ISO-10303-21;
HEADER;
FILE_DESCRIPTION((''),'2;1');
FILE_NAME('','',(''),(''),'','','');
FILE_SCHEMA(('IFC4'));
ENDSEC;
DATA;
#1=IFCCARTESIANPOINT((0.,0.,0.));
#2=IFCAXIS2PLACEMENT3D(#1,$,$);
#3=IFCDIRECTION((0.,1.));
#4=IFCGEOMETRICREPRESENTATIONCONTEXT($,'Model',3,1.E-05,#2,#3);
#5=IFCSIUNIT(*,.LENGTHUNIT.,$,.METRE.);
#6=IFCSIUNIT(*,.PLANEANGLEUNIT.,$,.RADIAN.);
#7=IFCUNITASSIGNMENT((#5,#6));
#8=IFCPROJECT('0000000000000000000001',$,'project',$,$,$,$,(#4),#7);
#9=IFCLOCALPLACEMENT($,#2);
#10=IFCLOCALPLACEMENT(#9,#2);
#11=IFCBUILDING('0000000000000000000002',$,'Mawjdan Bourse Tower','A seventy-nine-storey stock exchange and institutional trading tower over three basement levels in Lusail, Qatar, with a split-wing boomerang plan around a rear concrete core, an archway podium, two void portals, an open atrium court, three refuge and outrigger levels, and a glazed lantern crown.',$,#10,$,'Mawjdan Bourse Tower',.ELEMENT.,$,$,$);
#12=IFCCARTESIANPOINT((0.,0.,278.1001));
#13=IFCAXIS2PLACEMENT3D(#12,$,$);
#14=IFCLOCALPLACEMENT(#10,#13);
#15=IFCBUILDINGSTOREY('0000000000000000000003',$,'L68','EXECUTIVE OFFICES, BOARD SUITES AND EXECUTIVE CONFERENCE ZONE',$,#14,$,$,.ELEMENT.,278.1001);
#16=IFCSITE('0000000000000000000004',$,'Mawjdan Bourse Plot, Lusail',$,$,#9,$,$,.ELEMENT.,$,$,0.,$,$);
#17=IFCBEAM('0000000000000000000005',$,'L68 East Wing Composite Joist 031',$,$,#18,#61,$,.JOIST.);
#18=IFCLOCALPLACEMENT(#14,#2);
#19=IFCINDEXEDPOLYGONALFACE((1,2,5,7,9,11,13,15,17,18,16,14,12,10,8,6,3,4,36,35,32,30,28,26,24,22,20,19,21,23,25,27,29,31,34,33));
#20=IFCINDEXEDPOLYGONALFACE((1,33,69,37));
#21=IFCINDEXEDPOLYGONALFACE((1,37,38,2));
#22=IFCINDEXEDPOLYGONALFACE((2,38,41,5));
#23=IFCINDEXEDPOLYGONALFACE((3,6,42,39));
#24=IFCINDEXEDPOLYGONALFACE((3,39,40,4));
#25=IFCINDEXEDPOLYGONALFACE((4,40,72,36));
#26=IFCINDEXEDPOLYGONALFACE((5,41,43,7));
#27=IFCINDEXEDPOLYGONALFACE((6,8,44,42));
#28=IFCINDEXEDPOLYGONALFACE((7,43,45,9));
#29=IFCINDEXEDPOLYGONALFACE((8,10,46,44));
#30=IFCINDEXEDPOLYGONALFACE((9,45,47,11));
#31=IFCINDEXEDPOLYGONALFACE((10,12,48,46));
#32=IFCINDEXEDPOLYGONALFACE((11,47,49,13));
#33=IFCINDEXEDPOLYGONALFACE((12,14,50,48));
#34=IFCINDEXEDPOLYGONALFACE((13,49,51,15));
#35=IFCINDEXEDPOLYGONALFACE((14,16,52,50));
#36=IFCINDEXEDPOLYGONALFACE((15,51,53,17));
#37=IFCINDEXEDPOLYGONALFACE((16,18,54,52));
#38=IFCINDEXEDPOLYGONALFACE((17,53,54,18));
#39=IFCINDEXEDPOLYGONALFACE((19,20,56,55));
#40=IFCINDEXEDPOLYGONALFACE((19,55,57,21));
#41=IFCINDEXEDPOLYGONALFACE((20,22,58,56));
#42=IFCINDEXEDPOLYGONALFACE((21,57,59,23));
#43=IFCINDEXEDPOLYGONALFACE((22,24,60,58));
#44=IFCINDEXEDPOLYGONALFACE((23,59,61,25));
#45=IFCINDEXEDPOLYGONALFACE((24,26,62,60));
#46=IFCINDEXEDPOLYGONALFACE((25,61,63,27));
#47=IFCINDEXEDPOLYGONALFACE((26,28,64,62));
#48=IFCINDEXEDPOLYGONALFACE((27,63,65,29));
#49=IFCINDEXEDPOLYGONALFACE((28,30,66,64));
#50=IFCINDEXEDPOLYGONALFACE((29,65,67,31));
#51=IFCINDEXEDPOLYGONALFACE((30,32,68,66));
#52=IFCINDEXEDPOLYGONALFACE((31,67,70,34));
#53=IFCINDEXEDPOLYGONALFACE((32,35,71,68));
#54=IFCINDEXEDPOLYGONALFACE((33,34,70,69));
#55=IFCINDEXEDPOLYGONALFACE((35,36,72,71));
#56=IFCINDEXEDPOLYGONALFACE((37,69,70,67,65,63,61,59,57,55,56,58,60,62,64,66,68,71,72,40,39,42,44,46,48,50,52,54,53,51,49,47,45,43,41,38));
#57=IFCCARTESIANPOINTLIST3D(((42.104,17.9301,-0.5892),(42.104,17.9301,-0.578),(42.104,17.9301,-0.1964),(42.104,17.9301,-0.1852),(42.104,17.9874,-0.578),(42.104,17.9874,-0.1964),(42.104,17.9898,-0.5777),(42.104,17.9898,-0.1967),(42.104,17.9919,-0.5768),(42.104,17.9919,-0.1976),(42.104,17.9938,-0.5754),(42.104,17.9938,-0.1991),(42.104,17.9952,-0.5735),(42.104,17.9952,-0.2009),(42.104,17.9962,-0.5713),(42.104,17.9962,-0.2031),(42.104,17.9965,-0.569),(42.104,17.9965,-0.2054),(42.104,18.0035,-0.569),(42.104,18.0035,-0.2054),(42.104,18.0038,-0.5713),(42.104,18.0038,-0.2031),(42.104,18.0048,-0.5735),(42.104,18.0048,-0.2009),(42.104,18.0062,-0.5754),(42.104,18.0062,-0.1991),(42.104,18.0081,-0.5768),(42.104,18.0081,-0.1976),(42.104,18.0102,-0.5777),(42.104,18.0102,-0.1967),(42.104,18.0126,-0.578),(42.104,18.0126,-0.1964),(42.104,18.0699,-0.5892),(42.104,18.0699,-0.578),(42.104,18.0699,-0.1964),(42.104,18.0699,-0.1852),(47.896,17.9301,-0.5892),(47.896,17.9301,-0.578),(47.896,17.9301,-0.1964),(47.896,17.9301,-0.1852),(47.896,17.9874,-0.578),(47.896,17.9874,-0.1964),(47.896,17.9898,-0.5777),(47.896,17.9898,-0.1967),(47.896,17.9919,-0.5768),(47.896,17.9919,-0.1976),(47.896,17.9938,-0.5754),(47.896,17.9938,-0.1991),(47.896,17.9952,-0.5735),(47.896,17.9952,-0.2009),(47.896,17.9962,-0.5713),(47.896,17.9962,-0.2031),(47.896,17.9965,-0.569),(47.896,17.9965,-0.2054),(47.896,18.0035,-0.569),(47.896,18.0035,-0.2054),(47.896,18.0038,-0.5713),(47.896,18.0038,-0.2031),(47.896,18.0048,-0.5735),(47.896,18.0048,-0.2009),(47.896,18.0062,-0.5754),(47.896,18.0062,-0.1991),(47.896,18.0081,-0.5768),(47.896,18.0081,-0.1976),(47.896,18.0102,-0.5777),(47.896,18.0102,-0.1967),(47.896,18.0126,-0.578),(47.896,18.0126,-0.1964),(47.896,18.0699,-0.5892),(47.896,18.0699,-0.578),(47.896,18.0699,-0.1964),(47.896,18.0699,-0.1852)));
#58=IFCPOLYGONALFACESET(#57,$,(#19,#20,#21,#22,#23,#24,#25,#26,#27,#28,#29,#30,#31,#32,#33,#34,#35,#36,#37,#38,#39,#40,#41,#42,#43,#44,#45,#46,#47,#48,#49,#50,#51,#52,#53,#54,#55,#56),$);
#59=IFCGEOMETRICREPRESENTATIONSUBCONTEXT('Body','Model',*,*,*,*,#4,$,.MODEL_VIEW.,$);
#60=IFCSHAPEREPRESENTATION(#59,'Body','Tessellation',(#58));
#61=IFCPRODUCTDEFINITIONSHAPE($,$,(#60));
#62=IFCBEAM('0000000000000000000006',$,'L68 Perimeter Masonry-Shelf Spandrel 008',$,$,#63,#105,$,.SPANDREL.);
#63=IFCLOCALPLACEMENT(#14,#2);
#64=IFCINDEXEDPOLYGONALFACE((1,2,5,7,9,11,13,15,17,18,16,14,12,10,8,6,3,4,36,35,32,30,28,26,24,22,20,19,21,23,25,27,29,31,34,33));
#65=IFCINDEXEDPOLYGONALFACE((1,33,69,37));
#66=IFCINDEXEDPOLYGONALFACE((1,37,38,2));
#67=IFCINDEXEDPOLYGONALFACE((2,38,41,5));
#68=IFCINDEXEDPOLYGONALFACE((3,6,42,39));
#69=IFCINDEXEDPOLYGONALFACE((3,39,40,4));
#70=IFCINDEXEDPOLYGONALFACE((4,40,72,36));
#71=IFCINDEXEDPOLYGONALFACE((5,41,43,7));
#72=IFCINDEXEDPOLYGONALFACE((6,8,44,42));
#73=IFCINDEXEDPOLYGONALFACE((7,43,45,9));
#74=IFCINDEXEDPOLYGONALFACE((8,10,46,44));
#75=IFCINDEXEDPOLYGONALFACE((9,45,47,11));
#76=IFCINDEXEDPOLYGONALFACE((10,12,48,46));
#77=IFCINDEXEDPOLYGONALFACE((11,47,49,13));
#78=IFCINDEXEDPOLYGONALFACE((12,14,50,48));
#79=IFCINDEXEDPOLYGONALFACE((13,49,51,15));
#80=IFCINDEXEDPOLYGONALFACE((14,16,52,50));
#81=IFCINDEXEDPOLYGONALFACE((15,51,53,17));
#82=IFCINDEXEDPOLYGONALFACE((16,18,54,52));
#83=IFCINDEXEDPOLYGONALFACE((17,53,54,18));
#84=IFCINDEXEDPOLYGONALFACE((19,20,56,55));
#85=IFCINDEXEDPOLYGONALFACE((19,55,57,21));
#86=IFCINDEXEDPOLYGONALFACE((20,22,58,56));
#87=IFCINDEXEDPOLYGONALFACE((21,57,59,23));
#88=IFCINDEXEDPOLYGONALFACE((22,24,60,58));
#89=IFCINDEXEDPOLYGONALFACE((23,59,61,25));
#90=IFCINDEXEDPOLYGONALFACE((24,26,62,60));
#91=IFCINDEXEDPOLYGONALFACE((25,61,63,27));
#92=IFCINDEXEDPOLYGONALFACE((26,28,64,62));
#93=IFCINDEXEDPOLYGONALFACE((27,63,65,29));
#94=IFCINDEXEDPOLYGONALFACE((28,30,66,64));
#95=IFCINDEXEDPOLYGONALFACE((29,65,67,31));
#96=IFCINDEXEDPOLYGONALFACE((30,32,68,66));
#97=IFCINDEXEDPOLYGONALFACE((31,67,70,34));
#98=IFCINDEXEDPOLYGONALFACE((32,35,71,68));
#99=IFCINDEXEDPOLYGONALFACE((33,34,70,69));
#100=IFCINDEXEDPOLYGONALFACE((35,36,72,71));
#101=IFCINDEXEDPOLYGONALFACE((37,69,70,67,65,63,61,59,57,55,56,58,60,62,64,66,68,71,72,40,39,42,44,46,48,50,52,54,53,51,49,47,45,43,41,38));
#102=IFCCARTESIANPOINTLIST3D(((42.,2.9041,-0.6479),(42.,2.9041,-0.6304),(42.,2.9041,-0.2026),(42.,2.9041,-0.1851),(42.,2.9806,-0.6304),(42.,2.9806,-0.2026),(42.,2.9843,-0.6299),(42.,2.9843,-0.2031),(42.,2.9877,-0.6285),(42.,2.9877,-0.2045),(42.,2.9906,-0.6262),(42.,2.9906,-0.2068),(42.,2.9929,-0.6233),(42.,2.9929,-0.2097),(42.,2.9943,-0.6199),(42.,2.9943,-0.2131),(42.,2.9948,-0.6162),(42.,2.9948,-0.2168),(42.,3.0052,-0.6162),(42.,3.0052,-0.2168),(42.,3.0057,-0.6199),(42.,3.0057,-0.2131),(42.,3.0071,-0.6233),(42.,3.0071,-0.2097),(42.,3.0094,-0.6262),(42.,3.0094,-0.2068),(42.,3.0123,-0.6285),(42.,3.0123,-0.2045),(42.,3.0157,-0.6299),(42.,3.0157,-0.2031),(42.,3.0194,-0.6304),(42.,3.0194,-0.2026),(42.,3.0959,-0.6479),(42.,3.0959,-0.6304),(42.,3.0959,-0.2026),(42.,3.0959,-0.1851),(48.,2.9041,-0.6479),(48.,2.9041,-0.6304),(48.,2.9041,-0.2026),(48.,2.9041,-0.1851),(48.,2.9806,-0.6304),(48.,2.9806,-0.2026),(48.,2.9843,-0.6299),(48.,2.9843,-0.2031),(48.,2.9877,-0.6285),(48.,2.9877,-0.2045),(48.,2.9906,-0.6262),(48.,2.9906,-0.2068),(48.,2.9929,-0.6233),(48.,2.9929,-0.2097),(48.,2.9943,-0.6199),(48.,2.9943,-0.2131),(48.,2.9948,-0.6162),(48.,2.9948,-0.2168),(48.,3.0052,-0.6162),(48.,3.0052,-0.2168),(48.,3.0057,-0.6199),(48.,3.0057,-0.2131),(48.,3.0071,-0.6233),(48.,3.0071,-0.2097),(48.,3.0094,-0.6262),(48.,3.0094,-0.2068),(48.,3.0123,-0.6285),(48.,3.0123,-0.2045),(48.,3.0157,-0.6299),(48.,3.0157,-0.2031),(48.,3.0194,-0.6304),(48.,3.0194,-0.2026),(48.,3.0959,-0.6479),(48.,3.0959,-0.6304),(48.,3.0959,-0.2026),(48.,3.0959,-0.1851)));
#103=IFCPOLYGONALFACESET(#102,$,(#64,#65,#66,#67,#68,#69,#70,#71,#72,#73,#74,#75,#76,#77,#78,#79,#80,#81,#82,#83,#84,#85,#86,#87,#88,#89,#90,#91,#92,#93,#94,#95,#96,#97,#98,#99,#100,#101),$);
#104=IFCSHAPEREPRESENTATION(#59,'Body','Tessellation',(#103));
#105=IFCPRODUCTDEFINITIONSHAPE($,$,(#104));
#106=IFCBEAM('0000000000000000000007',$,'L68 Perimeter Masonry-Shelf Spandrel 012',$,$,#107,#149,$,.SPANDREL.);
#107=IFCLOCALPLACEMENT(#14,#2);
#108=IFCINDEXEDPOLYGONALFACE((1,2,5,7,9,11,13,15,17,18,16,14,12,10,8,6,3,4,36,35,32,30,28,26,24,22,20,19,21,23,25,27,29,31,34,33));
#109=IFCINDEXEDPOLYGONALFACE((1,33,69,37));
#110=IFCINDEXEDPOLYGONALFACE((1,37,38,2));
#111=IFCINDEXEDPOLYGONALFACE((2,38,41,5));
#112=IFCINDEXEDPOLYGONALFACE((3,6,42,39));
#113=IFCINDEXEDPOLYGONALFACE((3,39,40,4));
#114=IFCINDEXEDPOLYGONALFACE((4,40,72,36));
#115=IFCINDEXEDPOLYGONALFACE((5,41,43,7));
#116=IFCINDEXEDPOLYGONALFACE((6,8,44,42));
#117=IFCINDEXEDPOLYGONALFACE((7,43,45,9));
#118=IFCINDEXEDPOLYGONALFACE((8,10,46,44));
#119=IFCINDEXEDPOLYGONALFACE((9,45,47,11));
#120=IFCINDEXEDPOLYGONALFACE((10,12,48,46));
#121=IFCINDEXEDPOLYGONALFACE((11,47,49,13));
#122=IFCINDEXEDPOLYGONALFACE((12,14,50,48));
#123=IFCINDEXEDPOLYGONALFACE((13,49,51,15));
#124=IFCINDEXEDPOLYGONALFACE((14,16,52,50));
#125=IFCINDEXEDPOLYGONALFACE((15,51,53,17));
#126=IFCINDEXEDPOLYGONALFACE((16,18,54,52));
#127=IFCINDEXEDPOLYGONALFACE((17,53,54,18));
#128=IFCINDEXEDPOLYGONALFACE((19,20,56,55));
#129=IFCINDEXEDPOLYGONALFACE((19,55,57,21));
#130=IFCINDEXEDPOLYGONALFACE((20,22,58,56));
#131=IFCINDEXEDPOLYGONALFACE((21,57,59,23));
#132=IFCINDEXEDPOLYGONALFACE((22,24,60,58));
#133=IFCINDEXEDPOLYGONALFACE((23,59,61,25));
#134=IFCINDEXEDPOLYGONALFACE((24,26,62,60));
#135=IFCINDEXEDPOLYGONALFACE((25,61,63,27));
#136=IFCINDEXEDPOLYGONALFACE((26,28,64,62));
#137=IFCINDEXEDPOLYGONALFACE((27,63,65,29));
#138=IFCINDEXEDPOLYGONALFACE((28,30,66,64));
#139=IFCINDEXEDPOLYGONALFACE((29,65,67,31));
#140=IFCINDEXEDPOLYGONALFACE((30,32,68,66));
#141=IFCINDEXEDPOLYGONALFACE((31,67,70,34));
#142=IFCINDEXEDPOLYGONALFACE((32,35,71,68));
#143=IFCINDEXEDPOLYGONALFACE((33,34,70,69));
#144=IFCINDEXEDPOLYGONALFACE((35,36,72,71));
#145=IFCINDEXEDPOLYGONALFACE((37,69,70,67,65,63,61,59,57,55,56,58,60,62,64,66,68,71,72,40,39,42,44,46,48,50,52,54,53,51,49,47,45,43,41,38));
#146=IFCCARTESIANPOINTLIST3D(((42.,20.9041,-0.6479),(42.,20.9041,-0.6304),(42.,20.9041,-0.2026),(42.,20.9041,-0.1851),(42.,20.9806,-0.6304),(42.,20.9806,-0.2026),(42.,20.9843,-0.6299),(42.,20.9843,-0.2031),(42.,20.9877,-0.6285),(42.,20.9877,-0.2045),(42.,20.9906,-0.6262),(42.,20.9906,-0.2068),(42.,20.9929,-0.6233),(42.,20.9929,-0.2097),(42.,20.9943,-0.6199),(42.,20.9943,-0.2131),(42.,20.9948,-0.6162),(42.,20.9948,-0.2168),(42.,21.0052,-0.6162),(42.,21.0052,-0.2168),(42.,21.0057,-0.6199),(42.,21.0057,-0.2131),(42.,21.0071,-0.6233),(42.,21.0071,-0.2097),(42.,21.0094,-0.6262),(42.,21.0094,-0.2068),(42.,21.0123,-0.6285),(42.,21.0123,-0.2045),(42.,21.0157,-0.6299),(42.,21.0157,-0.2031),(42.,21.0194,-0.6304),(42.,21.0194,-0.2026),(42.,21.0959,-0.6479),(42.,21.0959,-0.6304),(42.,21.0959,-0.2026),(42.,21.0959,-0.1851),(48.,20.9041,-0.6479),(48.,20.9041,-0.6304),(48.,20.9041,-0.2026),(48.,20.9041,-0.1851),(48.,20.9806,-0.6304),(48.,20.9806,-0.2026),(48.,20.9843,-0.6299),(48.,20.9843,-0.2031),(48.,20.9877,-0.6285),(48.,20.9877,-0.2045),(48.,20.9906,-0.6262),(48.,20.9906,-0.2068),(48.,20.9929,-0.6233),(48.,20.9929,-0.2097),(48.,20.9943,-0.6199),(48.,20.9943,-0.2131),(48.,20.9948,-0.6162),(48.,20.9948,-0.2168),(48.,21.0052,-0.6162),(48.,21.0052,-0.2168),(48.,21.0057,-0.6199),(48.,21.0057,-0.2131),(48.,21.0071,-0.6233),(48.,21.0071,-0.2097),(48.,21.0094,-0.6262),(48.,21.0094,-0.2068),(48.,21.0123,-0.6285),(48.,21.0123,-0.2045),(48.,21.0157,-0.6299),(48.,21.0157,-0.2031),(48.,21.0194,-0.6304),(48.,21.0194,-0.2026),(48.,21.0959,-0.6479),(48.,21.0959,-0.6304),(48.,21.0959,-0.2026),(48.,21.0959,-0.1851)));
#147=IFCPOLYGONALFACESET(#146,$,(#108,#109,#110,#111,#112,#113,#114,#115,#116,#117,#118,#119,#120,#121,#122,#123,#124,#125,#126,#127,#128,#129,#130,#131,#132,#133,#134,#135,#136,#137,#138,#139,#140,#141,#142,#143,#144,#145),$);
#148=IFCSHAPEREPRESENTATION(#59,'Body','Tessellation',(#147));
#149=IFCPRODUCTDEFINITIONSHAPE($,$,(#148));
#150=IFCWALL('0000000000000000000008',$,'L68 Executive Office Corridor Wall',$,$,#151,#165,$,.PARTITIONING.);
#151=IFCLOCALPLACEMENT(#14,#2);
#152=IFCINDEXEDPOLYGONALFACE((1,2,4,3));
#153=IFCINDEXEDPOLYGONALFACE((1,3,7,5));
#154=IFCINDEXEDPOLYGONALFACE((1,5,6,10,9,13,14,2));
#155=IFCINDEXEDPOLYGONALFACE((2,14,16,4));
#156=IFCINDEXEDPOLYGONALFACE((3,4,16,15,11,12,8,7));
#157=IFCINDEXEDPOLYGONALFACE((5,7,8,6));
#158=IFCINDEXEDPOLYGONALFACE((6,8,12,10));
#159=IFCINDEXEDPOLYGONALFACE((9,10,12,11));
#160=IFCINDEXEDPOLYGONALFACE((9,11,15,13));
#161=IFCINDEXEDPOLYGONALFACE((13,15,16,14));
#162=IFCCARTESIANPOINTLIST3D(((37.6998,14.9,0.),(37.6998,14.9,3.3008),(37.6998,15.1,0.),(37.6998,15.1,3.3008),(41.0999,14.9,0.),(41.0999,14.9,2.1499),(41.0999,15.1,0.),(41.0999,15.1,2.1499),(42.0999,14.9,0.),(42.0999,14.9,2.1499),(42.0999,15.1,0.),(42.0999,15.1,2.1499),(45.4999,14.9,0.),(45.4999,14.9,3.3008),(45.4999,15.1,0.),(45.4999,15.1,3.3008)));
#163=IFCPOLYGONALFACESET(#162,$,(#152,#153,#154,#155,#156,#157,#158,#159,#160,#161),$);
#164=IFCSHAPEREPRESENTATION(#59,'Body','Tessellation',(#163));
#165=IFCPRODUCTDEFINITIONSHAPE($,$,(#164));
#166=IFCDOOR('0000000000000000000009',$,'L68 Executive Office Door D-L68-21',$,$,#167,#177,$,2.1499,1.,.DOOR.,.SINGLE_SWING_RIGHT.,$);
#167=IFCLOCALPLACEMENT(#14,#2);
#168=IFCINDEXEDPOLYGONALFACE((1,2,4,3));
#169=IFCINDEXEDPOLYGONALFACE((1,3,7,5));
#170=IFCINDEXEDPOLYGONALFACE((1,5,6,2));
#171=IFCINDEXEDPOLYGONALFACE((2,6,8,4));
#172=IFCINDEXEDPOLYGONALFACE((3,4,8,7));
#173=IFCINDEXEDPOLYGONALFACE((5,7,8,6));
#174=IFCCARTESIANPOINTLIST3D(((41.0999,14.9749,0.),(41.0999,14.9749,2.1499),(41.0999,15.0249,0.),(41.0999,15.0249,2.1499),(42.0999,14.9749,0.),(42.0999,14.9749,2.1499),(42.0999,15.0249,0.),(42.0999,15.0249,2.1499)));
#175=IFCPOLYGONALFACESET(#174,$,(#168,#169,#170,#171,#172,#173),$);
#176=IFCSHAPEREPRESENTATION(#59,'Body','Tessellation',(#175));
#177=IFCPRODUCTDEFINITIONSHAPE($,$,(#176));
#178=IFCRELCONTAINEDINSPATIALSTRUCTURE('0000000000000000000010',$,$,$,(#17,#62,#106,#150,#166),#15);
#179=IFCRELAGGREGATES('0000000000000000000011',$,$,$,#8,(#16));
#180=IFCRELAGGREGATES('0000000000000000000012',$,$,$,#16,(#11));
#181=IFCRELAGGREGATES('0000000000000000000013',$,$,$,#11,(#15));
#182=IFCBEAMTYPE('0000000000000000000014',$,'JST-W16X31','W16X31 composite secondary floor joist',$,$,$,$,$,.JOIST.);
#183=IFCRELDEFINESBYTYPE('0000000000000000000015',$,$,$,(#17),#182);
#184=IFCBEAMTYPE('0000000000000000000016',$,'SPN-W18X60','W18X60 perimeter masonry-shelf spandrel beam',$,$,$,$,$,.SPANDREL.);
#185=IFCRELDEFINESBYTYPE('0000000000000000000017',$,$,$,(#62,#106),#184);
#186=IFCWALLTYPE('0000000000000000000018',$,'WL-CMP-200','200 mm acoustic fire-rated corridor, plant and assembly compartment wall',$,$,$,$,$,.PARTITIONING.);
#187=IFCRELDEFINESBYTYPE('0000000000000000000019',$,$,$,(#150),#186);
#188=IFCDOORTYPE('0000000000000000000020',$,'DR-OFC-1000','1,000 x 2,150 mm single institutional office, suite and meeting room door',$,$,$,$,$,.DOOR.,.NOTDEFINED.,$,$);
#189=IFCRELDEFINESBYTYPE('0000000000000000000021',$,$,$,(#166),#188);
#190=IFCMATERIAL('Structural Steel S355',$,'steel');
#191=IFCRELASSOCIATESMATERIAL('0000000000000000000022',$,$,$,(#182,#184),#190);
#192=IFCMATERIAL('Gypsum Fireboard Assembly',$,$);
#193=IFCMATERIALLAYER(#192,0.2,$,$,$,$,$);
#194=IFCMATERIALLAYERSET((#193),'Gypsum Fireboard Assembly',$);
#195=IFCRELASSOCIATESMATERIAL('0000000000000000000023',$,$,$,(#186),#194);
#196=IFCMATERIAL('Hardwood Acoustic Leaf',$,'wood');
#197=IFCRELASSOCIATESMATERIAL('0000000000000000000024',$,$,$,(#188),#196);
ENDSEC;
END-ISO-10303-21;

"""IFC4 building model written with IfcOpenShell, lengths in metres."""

from ifc_helpers import new_model, si_unit, direction, frame, frame_2d, origin, origin_2d, place, context, subcontext, project, spatial, rectangle, i_section, extrude, material, layer, layer_set, material_profile, profile_set, type_object, element, fill, save


model = new_model("IFC4")

# Units and contexts
model_context = context("Model", 3, precision=1e-05, world=origin(), true_north=direction((0.0, 1.0)))
body_context = subcontext(model_context, "Body", "Model", "MODEL_VIEW")
ifc_project = project(units=[si_unit("LENGTHUNIT", "METRE"), si_unit("PLANEANGLEUNIT", "RADIAN")], contexts=[model_context])

# Site, building, storey
site_placement = place(None, origin())
site = spatial("IfcSite", under=ifc_project, at=site_placement, Name="Mawjdan Bourse Plot, Lusail", CompositionType="ELEMENT", RefElevation=0.0)
building_placement = place(site_placement, origin())
building = spatial("IfcBuilding", under=site, at=building_placement, Name="Mawjdan Bourse Tower", Description="A seventy-nine-storey stock exchange and institutional trading tower over three basement levels in Lusail, Qatar, with a split-wing boomerang plan around a rear concrete core, an archway podium, two void portals, an open atrium court, three refuge and outrigger levels, and a glazed lantern crown.", LongName="Mawjdan Bourse Tower", CompositionType="ELEMENT")
storey_placement = place(building_placement, frame((0.0, 0.0, 278.1001)))
storey = spatial("IfcBuildingStorey", under=building, at=storey_placement, Name="L68", Description="EXECUTIVE OFFICES, BOARD SUITES AND EXECUTIVE CONFERENCE ZONE", CompositionType="ELEMENT", Elevation=278.1001)

# Beams
ifc_material_1 = material(Name="Structural Steel S355", Category="steel")
ifc_material_profile_1 = material_profile(ifc_material_1, i_section(OverallWidth=0.1399, OverallDepth=0.4041, WebThickness=0.0071, FlangeThickness=0.0112, FilletRadius=0.009, at=origin_2d()), Name="W16X31")
ifc_profile_set_1 = profile_set([ifc_material_profile_1], Name="Structural Steel S355")
beam_type_1 = type_object("IfcBeamType", Name="JST-W16X31", Description="W16X31 composite secondary floor joist", PredefinedType="JOIST", material=ifc_profile_set_1)
beam_1_placement = place(storey_placement, frame((42.104, 18.0, -0.3872), z_axis=(1.0, 0.0, 0.0), x_axis=(0.0, 1.0, 0.0)))
element("IfcBeam", 1, at=beam_1_placement, inside=storey, type_object=beam_type_1, Name="L68 East Wing Composite Joist 031", PredefinedType="JOIST", context=body_context, shape_type="SweptSolid", body=[
    extrude(i_section(OverallWidth=0.1399, OverallDepth=0.4041, WebThickness=0.0071, FlangeThickness=0.0112, FilletRadius=0.009, at=origin_2d()), origin(), (0.0, 0.0, 1.0), 5.792),
])
ifc_material_profile_2 = material_profile(ifc_material_1, i_section(OverallWidth=0.1919, OverallDepth=0.4629, WebThickness=0.0105, FlangeThickness=0.0176, FilletRadius=0.0142, at=origin_2d()), Name="W18X60")
ifc_profile_set_2 = profile_set([ifc_material_profile_2], Name="Structural Steel S355")
beam_type_2 = type_object("IfcBeamType", Name="SPN-W18X60", Description="W18X60 perimeter masonry-shelf spandrel beam", PredefinedType="SPANDREL", material=ifc_profile_set_2)
for number, where, z_axis, x_axis, name in (
    (2, (42.0, 3.0, -0.4165), (1.0, 0.0, 0.0), (0.0, 1.0, 0.0), "L68 Perimeter Masonry-Shelf Spandrel 008"),
    (3, (42.0, 21.0, -0.4165), (1.0, 0.0, 0.0), (0.0, 1.0, 0.0), "L68 Perimeter Masonry-Shelf Spandrel 012"),
):
    element("IfcBeam", number, at=place(storey_placement, frame(where, z_axis=z_axis, x_axis=x_axis)), inside=storey, type_object=beam_type_2, Name=name, PredefinedType="SPANDREL", context=body_context, shape_type="SweptSolid", body=[
        extrude(i_section(OverallWidth=0.1919, OverallDepth=0.4629, WebThickness=0.0105, FlangeThickness=0.0176, FilletRadius=0.0142, at=origin_2d()), origin(), (0.0, 0.0, 1.0), 6.0),
    ])

# Wall, opening, door
ifc_material_2 = material(Name="Gypsum Fireboard Assembly")
ifc_layer_1 = layer(ifc_material_2, 0.2)
ifc_layer_set_1 = layer_set([ifc_layer_1], Name="Gypsum Fireboard Assembly")
wall_type_1 = type_object("IfcWallType", Name="WL-CMP-200", Description="200 mm acoustic fire-rated corridor, plant and assembly compartment wall", PredefinedType="PARTITIONING", material=ifc_layer_set_1)
wall_1_placement = place(storey_placement, frame((37.7, 15.0, 0.0), z_axis=(0.0, 0.0, 1.0), x_axis=(1.0, 0.0, 0.0)))
wall_1 = element("IfcWall", 4, at=wall_1_placement, inside=storey, type_object=wall_type_1, Name="L68 Executive Office Corridor Wall", PredefinedType="PARTITIONING", context=body_context, shape_type="SweptSolid", body=[
    extrude(rectangle(XDim=7.8, YDim=0.2, at=frame_2d((3.8999, 0.0))), origin(), (0.0, 0.0, 1.0), 3.3008),
])
opening_1_placement = place(wall_1_placement, frame((3.3999, 0.0, 0.0)))
opening_1 = element("IfcOpeningElement", 5, at=opening_1_placement, cuts=wall_1, PredefinedType="OPENING", context=body_context, shape_type="SweptSolid", body=[
    extrude(rectangle(XDim=1.0, YDim=2.1499, at=frame_2d((0.5, 1.075))), frame((0.0, 0.1099, 0.0), z_axis=(0.0, -1.0, 0.0), x_axis=(1.0, 0.0, 0.0)), (0.0, 0.0, 1.0), 0.22),
])
ifc_material_3 = material(Name="Hardwood Acoustic Leaf", Category="wood")
door_type = type_object("IfcDoorType", Name="DR-OFC-1000", Description="1,000 x 2,150 mm single institutional office, suite and meeting room door", OperationType="NOTDEFINED", PredefinedType="DOOR", material=ifc_material_3)
door_1_placement = place(opening_1_placement, origin())
door_1 = element("IfcDoor", 6, at=door_1_placement, inside=storey, type_object=door_type, Name="L68 Executive Office Door D-L68-21", OperationType="SINGLE_SWING_RIGHT", OverallHeight=2.1499, OverallWidth=1.0, PredefinedType="DOOR", context=body_context, shape_type="SweptSolid", body=[
    extrude(rectangle(XDim=1.0, YDim=2.1499, at=frame_2d((0.5, 1.075))), frame((0.0, 0.0249, 0.0), z_axis=(0.0, -1.0, 0.0), x_axis=(1.0, 0.0, 0.0)), (0.0, 0.0, 1.0), 0.05),
])
fill(opening_1, door_1)

save(model, "model.ifc")
